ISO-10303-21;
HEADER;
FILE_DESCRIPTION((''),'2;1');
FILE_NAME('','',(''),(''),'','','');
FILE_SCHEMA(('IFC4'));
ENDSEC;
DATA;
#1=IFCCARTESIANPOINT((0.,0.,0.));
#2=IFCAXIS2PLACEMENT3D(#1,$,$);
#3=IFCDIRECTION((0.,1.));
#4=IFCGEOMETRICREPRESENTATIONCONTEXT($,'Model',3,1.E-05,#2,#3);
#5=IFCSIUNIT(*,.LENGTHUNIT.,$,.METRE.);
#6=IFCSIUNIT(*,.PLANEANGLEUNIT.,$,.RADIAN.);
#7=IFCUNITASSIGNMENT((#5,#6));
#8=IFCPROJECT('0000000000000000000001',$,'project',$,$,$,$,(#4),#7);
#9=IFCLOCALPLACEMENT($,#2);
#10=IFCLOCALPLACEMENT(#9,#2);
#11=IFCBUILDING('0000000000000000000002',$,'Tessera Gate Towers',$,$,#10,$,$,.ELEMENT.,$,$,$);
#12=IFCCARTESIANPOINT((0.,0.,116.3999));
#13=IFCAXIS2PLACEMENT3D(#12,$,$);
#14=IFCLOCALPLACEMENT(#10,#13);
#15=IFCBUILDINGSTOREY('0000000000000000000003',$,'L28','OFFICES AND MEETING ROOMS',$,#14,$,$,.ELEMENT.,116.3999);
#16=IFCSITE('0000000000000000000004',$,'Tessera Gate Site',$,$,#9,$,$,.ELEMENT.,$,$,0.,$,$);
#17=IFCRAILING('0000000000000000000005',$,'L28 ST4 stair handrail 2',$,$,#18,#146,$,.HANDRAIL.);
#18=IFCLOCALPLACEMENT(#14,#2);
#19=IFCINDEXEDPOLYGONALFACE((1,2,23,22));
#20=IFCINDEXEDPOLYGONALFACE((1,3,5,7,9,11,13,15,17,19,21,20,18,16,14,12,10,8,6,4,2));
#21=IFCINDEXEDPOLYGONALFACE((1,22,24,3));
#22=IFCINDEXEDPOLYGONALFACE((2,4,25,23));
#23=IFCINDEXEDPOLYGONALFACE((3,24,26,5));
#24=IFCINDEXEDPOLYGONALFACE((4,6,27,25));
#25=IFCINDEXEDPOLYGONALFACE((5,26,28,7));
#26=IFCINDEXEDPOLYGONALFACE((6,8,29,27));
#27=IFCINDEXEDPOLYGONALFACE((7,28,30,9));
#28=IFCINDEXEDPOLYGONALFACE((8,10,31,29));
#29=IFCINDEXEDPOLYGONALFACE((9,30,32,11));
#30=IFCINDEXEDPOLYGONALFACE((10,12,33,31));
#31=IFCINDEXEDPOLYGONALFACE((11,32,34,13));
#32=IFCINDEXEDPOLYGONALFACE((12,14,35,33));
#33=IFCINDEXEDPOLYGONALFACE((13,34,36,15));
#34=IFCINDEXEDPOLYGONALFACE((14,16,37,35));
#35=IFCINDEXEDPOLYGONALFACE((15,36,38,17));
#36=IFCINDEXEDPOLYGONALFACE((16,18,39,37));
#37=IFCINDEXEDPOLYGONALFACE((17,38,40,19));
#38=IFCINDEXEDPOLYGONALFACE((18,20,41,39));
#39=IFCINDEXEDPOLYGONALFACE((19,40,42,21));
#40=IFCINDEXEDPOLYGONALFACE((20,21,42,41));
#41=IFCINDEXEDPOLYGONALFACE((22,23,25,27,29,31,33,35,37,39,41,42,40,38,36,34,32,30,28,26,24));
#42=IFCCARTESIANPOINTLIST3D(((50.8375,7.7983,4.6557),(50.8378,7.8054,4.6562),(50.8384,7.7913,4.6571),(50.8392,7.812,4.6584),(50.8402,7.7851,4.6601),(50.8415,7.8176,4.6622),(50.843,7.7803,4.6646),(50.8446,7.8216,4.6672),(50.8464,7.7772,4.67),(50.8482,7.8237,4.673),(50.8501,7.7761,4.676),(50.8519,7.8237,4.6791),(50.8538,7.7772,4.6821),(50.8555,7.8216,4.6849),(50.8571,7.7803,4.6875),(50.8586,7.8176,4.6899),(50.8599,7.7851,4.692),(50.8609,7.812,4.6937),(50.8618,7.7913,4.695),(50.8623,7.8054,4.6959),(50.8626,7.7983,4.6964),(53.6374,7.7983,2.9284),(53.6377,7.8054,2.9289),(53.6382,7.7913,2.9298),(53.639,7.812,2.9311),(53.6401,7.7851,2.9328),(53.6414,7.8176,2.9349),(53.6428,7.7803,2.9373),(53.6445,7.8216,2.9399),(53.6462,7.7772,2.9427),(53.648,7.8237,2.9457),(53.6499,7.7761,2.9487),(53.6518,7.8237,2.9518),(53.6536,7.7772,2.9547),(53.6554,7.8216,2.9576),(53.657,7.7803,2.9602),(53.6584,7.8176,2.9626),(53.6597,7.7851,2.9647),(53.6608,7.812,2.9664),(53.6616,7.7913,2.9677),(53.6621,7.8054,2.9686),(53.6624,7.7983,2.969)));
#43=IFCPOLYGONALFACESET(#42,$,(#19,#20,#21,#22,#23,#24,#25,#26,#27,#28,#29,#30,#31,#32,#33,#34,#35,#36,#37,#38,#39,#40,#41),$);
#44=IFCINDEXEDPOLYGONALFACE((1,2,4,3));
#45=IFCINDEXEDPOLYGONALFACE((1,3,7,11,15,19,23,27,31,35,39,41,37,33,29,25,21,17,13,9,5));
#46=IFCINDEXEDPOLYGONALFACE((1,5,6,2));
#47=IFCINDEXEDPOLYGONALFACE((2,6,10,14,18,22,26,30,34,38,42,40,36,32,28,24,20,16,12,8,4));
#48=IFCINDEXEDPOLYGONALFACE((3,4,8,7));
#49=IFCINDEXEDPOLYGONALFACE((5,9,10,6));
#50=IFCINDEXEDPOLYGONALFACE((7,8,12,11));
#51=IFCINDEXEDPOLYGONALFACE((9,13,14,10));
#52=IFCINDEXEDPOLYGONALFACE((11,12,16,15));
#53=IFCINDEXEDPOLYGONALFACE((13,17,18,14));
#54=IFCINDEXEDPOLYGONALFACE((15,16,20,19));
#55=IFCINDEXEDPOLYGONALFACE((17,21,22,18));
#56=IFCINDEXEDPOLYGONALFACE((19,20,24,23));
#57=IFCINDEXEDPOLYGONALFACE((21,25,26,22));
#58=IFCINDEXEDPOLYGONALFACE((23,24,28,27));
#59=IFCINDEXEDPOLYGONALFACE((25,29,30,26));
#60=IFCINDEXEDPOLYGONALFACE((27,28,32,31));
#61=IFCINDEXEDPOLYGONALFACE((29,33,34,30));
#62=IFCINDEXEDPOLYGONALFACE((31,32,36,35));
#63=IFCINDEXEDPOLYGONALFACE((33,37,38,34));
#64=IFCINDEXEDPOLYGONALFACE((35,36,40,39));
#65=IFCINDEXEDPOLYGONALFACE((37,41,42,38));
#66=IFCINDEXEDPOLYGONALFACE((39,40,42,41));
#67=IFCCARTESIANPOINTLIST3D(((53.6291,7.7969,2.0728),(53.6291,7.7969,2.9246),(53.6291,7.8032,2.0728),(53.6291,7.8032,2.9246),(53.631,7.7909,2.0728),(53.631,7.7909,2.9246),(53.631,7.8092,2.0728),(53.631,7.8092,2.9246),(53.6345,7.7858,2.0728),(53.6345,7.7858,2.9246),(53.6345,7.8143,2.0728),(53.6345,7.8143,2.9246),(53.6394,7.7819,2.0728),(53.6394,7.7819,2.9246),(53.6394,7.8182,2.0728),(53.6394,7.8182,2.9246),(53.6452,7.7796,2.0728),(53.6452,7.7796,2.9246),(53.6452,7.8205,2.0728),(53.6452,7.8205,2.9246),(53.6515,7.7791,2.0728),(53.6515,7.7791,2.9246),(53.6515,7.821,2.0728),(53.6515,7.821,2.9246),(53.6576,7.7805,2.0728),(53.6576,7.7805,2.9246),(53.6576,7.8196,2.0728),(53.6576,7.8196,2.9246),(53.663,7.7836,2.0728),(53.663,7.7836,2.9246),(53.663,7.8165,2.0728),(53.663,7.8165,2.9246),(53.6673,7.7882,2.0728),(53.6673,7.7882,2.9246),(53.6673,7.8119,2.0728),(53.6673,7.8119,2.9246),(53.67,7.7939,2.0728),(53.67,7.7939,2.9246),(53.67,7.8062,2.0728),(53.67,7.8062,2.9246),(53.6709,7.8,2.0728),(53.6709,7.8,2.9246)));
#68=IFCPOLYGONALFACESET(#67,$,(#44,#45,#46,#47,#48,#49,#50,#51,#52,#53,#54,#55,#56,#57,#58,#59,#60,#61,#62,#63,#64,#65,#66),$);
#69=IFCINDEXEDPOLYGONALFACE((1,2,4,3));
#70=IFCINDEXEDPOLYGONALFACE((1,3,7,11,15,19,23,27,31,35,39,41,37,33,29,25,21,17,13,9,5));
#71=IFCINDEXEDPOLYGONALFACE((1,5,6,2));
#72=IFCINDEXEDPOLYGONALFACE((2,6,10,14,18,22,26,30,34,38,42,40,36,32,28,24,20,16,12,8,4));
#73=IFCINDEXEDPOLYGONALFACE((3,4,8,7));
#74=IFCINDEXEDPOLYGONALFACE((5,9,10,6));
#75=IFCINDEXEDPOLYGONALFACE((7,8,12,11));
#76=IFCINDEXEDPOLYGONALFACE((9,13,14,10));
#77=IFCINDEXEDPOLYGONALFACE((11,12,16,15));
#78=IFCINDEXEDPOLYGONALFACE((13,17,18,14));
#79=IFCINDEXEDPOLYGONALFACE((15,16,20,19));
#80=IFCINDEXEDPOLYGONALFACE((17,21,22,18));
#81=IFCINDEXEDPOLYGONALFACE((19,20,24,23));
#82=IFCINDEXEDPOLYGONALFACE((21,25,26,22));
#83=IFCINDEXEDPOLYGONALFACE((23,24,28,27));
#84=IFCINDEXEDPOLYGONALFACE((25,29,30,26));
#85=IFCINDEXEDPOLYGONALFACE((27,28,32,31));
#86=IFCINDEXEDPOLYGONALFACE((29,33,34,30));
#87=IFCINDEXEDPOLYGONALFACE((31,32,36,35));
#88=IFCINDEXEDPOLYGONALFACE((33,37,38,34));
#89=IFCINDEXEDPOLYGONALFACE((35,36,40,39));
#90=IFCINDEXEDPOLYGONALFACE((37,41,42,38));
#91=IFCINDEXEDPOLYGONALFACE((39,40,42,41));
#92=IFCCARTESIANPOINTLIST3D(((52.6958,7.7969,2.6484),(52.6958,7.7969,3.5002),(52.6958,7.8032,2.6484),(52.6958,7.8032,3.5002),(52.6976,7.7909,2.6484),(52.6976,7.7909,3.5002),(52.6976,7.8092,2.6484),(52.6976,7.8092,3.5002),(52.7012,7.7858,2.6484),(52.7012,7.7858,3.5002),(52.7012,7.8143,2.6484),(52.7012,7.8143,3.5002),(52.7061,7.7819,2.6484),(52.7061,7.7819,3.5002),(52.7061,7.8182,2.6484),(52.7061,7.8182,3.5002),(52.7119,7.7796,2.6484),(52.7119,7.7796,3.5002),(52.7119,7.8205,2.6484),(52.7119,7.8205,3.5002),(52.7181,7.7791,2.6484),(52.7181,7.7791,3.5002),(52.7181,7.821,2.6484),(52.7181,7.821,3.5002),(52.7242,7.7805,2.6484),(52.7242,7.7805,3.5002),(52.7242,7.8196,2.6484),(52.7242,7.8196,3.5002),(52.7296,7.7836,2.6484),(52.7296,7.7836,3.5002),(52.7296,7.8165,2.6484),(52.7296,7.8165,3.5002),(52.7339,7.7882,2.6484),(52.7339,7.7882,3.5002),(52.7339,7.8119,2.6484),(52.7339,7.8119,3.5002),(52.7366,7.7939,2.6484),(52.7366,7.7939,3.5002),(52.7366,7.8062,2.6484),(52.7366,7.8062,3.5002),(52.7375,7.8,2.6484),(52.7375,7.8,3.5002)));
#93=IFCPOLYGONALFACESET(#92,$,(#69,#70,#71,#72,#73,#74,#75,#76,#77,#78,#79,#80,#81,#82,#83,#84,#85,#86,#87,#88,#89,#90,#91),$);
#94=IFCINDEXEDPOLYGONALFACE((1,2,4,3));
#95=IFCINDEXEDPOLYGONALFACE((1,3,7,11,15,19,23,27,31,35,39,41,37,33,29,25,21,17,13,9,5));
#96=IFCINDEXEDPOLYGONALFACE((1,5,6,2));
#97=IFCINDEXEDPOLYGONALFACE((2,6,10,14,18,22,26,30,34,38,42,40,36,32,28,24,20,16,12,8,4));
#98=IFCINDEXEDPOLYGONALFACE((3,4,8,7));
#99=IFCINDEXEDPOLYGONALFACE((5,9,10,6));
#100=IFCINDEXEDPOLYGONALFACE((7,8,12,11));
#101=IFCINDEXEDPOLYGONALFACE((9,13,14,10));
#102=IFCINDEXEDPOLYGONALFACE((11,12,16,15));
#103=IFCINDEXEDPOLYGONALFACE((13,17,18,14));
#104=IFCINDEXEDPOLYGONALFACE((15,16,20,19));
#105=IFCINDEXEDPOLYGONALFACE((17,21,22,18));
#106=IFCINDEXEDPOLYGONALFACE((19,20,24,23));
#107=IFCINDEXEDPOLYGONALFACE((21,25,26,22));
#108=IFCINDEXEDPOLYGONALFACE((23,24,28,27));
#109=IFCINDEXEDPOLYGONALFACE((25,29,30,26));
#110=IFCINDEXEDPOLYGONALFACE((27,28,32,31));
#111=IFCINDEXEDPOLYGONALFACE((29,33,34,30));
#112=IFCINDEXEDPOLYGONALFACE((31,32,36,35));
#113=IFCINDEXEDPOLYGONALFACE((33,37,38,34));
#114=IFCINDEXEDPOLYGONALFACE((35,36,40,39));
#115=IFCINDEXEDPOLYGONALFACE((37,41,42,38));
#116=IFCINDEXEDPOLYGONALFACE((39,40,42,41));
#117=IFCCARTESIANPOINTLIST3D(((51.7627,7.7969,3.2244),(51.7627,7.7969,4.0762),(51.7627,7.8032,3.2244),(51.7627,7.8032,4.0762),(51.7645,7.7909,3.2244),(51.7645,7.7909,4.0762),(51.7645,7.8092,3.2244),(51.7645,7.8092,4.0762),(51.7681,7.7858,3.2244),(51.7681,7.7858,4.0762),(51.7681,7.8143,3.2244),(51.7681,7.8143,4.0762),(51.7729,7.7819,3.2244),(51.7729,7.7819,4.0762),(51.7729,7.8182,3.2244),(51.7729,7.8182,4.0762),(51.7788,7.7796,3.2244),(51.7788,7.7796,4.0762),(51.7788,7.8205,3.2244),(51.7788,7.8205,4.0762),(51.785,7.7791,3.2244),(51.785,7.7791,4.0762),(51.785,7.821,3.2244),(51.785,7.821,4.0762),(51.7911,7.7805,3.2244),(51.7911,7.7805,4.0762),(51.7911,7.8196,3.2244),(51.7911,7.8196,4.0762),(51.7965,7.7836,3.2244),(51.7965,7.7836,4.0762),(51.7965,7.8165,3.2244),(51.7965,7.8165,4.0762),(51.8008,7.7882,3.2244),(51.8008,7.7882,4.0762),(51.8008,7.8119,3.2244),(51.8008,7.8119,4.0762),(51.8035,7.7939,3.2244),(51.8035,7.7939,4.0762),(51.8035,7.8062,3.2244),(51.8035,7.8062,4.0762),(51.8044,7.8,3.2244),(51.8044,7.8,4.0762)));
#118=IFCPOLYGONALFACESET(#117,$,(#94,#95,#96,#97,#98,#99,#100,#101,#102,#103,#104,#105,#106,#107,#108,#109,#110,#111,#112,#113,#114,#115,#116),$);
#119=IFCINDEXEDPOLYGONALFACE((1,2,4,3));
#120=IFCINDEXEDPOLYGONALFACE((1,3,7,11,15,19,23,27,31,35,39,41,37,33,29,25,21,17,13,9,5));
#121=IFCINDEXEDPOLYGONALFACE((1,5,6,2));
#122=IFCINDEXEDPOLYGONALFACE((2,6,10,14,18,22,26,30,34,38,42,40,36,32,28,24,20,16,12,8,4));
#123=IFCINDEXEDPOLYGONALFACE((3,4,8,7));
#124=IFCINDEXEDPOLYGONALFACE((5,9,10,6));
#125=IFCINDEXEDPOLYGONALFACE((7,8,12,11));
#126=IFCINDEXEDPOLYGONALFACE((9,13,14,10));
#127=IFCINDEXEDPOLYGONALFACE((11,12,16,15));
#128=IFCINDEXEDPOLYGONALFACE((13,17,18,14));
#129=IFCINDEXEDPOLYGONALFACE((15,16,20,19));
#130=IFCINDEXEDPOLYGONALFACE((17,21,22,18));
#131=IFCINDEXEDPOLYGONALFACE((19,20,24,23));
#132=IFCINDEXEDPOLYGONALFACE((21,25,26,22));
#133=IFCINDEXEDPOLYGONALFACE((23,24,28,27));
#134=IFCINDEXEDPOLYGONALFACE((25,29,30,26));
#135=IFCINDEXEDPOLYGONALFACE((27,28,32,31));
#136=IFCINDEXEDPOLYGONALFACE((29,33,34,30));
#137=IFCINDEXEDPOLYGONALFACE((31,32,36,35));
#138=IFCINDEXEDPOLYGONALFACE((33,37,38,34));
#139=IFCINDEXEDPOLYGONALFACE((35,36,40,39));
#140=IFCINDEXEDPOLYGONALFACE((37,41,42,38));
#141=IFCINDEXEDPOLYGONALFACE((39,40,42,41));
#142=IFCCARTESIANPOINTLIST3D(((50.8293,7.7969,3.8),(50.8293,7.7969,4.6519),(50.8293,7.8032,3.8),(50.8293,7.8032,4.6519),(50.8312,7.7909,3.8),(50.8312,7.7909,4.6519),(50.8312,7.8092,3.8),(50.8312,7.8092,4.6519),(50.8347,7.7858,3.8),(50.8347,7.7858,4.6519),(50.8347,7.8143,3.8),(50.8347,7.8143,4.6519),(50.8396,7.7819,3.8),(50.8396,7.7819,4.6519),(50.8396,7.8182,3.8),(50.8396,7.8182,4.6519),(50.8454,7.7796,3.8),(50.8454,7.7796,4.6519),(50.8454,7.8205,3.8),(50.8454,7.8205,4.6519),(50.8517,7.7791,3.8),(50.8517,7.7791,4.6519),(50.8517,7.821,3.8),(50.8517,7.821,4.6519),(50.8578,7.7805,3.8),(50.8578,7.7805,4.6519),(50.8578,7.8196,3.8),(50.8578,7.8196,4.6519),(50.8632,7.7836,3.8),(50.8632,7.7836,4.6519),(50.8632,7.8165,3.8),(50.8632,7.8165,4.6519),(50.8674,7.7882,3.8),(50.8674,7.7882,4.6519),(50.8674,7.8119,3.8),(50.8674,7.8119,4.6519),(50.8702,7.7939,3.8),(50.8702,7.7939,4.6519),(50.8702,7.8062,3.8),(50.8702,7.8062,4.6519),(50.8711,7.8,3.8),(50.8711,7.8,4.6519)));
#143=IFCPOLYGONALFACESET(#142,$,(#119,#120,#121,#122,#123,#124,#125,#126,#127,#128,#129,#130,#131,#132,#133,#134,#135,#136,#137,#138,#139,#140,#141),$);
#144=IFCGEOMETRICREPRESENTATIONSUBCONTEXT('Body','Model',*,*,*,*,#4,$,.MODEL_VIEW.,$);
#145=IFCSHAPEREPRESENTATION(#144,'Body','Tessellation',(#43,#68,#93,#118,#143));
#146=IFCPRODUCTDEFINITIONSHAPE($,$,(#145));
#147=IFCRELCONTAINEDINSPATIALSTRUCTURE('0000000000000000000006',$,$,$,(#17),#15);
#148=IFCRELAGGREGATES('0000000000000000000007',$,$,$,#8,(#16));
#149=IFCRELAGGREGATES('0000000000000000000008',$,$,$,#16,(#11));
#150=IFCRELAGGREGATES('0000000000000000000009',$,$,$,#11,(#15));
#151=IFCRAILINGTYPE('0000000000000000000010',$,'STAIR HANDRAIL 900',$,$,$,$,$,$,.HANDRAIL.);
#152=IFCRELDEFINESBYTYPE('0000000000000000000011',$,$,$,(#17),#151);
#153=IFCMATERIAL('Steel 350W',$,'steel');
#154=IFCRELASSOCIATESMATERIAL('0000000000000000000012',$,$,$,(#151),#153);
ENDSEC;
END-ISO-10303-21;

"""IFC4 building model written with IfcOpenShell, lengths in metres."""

from ifc_helpers import new_model, si_unit, direction, frame, origin, origin_2d, place, context, subcontext, project, spatial, circle, extrude, material, type_object, element, save


model = new_model("IFC4")

# Units and contexts
model_context = context("Model", 3, precision=1e-05, world=origin(), true_north=direction((0.0, 1.0)))
body_context = subcontext(model_context, "Body", "Model", "MODEL_VIEW")
ifc_project = project(units=[si_unit("LENGTHUNIT", "METRE"), si_unit("PLANEANGLEUNIT", "RADIAN")], contexts=[model_context])

# Site, building, storey
site_placement = place(None, origin())
site = spatial("IfcSite", under=ifc_project, at=site_placement, Name="Tessera Gate Site", CompositionType="ELEMENT", RefElevation=0.0)
building_placement = place(site_placement, origin())
building = spatial("IfcBuilding", under=site, at=building_placement, Name="Tessera Gate Towers", CompositionType="ELEMENT")
storey_placement = place(building_placement, frame((0.0, 0.0, 116.3999)))
storey = spatial("IfcBuildingStorey", under=building, at=storey_placement, Name="L28", Description="OFFICES AND MEETING ROOMS", CompositionType="ELEMENT", Elevation=116.3999)

# Railing
ifc_material_1 = material(Name="Steel 350W", Category="steel")
railing_type_1 = type_object("IfcRailingType", Name="STAIR HANDRAIL 900", PredefinedType="HANDRAIL", material=ifc_material_1)
railing_1_placement = place(storey_placement, frame((53.6499, 7.8, 2.0728)))
element("IfcRailing", 1, at=railing_1_placement, inside=storey, type_object=railing_type_1, Name="L28 ST4 stair handrail 2", PredefinedType="HANDRAIL", context=body_context, shape_type="SweptSolid", body=[
    extrude(circle(Radius=0.0239, at=origin_2d()), frame((0.0, 0.0, 0.876), z_axis=(-0.851069, 0.0, 0.525054), x_axis=(0.0, -1.0, 0.0)), (0.0, 0.0, 1.0), 3.2898),
    extrude(circle(Radius=0.021, at=origin_2d()), origin(), (0.0, 0.0, 1.0), 0.8518),
    extrude(circle(Radius=0.021, at=origin_2d()), frame((-0.9333, 0.0, 0.5757)), (0.0, 0.0, 1.0), 0.8518),
    extrude(circle(Radius=0.021, at=origin_2d()), frame((-1.8665, 0.0, 1.1516)), (0.0, 0.0, 1.0), 0.8518),
    extrude(circle(Radius=0.021, at=origin_2d()), frame((-2.7998, 0.0, 1.7273)), (0.0, 0.0, 1.0), 0.8518),
])

save(model, "model.ifc")
